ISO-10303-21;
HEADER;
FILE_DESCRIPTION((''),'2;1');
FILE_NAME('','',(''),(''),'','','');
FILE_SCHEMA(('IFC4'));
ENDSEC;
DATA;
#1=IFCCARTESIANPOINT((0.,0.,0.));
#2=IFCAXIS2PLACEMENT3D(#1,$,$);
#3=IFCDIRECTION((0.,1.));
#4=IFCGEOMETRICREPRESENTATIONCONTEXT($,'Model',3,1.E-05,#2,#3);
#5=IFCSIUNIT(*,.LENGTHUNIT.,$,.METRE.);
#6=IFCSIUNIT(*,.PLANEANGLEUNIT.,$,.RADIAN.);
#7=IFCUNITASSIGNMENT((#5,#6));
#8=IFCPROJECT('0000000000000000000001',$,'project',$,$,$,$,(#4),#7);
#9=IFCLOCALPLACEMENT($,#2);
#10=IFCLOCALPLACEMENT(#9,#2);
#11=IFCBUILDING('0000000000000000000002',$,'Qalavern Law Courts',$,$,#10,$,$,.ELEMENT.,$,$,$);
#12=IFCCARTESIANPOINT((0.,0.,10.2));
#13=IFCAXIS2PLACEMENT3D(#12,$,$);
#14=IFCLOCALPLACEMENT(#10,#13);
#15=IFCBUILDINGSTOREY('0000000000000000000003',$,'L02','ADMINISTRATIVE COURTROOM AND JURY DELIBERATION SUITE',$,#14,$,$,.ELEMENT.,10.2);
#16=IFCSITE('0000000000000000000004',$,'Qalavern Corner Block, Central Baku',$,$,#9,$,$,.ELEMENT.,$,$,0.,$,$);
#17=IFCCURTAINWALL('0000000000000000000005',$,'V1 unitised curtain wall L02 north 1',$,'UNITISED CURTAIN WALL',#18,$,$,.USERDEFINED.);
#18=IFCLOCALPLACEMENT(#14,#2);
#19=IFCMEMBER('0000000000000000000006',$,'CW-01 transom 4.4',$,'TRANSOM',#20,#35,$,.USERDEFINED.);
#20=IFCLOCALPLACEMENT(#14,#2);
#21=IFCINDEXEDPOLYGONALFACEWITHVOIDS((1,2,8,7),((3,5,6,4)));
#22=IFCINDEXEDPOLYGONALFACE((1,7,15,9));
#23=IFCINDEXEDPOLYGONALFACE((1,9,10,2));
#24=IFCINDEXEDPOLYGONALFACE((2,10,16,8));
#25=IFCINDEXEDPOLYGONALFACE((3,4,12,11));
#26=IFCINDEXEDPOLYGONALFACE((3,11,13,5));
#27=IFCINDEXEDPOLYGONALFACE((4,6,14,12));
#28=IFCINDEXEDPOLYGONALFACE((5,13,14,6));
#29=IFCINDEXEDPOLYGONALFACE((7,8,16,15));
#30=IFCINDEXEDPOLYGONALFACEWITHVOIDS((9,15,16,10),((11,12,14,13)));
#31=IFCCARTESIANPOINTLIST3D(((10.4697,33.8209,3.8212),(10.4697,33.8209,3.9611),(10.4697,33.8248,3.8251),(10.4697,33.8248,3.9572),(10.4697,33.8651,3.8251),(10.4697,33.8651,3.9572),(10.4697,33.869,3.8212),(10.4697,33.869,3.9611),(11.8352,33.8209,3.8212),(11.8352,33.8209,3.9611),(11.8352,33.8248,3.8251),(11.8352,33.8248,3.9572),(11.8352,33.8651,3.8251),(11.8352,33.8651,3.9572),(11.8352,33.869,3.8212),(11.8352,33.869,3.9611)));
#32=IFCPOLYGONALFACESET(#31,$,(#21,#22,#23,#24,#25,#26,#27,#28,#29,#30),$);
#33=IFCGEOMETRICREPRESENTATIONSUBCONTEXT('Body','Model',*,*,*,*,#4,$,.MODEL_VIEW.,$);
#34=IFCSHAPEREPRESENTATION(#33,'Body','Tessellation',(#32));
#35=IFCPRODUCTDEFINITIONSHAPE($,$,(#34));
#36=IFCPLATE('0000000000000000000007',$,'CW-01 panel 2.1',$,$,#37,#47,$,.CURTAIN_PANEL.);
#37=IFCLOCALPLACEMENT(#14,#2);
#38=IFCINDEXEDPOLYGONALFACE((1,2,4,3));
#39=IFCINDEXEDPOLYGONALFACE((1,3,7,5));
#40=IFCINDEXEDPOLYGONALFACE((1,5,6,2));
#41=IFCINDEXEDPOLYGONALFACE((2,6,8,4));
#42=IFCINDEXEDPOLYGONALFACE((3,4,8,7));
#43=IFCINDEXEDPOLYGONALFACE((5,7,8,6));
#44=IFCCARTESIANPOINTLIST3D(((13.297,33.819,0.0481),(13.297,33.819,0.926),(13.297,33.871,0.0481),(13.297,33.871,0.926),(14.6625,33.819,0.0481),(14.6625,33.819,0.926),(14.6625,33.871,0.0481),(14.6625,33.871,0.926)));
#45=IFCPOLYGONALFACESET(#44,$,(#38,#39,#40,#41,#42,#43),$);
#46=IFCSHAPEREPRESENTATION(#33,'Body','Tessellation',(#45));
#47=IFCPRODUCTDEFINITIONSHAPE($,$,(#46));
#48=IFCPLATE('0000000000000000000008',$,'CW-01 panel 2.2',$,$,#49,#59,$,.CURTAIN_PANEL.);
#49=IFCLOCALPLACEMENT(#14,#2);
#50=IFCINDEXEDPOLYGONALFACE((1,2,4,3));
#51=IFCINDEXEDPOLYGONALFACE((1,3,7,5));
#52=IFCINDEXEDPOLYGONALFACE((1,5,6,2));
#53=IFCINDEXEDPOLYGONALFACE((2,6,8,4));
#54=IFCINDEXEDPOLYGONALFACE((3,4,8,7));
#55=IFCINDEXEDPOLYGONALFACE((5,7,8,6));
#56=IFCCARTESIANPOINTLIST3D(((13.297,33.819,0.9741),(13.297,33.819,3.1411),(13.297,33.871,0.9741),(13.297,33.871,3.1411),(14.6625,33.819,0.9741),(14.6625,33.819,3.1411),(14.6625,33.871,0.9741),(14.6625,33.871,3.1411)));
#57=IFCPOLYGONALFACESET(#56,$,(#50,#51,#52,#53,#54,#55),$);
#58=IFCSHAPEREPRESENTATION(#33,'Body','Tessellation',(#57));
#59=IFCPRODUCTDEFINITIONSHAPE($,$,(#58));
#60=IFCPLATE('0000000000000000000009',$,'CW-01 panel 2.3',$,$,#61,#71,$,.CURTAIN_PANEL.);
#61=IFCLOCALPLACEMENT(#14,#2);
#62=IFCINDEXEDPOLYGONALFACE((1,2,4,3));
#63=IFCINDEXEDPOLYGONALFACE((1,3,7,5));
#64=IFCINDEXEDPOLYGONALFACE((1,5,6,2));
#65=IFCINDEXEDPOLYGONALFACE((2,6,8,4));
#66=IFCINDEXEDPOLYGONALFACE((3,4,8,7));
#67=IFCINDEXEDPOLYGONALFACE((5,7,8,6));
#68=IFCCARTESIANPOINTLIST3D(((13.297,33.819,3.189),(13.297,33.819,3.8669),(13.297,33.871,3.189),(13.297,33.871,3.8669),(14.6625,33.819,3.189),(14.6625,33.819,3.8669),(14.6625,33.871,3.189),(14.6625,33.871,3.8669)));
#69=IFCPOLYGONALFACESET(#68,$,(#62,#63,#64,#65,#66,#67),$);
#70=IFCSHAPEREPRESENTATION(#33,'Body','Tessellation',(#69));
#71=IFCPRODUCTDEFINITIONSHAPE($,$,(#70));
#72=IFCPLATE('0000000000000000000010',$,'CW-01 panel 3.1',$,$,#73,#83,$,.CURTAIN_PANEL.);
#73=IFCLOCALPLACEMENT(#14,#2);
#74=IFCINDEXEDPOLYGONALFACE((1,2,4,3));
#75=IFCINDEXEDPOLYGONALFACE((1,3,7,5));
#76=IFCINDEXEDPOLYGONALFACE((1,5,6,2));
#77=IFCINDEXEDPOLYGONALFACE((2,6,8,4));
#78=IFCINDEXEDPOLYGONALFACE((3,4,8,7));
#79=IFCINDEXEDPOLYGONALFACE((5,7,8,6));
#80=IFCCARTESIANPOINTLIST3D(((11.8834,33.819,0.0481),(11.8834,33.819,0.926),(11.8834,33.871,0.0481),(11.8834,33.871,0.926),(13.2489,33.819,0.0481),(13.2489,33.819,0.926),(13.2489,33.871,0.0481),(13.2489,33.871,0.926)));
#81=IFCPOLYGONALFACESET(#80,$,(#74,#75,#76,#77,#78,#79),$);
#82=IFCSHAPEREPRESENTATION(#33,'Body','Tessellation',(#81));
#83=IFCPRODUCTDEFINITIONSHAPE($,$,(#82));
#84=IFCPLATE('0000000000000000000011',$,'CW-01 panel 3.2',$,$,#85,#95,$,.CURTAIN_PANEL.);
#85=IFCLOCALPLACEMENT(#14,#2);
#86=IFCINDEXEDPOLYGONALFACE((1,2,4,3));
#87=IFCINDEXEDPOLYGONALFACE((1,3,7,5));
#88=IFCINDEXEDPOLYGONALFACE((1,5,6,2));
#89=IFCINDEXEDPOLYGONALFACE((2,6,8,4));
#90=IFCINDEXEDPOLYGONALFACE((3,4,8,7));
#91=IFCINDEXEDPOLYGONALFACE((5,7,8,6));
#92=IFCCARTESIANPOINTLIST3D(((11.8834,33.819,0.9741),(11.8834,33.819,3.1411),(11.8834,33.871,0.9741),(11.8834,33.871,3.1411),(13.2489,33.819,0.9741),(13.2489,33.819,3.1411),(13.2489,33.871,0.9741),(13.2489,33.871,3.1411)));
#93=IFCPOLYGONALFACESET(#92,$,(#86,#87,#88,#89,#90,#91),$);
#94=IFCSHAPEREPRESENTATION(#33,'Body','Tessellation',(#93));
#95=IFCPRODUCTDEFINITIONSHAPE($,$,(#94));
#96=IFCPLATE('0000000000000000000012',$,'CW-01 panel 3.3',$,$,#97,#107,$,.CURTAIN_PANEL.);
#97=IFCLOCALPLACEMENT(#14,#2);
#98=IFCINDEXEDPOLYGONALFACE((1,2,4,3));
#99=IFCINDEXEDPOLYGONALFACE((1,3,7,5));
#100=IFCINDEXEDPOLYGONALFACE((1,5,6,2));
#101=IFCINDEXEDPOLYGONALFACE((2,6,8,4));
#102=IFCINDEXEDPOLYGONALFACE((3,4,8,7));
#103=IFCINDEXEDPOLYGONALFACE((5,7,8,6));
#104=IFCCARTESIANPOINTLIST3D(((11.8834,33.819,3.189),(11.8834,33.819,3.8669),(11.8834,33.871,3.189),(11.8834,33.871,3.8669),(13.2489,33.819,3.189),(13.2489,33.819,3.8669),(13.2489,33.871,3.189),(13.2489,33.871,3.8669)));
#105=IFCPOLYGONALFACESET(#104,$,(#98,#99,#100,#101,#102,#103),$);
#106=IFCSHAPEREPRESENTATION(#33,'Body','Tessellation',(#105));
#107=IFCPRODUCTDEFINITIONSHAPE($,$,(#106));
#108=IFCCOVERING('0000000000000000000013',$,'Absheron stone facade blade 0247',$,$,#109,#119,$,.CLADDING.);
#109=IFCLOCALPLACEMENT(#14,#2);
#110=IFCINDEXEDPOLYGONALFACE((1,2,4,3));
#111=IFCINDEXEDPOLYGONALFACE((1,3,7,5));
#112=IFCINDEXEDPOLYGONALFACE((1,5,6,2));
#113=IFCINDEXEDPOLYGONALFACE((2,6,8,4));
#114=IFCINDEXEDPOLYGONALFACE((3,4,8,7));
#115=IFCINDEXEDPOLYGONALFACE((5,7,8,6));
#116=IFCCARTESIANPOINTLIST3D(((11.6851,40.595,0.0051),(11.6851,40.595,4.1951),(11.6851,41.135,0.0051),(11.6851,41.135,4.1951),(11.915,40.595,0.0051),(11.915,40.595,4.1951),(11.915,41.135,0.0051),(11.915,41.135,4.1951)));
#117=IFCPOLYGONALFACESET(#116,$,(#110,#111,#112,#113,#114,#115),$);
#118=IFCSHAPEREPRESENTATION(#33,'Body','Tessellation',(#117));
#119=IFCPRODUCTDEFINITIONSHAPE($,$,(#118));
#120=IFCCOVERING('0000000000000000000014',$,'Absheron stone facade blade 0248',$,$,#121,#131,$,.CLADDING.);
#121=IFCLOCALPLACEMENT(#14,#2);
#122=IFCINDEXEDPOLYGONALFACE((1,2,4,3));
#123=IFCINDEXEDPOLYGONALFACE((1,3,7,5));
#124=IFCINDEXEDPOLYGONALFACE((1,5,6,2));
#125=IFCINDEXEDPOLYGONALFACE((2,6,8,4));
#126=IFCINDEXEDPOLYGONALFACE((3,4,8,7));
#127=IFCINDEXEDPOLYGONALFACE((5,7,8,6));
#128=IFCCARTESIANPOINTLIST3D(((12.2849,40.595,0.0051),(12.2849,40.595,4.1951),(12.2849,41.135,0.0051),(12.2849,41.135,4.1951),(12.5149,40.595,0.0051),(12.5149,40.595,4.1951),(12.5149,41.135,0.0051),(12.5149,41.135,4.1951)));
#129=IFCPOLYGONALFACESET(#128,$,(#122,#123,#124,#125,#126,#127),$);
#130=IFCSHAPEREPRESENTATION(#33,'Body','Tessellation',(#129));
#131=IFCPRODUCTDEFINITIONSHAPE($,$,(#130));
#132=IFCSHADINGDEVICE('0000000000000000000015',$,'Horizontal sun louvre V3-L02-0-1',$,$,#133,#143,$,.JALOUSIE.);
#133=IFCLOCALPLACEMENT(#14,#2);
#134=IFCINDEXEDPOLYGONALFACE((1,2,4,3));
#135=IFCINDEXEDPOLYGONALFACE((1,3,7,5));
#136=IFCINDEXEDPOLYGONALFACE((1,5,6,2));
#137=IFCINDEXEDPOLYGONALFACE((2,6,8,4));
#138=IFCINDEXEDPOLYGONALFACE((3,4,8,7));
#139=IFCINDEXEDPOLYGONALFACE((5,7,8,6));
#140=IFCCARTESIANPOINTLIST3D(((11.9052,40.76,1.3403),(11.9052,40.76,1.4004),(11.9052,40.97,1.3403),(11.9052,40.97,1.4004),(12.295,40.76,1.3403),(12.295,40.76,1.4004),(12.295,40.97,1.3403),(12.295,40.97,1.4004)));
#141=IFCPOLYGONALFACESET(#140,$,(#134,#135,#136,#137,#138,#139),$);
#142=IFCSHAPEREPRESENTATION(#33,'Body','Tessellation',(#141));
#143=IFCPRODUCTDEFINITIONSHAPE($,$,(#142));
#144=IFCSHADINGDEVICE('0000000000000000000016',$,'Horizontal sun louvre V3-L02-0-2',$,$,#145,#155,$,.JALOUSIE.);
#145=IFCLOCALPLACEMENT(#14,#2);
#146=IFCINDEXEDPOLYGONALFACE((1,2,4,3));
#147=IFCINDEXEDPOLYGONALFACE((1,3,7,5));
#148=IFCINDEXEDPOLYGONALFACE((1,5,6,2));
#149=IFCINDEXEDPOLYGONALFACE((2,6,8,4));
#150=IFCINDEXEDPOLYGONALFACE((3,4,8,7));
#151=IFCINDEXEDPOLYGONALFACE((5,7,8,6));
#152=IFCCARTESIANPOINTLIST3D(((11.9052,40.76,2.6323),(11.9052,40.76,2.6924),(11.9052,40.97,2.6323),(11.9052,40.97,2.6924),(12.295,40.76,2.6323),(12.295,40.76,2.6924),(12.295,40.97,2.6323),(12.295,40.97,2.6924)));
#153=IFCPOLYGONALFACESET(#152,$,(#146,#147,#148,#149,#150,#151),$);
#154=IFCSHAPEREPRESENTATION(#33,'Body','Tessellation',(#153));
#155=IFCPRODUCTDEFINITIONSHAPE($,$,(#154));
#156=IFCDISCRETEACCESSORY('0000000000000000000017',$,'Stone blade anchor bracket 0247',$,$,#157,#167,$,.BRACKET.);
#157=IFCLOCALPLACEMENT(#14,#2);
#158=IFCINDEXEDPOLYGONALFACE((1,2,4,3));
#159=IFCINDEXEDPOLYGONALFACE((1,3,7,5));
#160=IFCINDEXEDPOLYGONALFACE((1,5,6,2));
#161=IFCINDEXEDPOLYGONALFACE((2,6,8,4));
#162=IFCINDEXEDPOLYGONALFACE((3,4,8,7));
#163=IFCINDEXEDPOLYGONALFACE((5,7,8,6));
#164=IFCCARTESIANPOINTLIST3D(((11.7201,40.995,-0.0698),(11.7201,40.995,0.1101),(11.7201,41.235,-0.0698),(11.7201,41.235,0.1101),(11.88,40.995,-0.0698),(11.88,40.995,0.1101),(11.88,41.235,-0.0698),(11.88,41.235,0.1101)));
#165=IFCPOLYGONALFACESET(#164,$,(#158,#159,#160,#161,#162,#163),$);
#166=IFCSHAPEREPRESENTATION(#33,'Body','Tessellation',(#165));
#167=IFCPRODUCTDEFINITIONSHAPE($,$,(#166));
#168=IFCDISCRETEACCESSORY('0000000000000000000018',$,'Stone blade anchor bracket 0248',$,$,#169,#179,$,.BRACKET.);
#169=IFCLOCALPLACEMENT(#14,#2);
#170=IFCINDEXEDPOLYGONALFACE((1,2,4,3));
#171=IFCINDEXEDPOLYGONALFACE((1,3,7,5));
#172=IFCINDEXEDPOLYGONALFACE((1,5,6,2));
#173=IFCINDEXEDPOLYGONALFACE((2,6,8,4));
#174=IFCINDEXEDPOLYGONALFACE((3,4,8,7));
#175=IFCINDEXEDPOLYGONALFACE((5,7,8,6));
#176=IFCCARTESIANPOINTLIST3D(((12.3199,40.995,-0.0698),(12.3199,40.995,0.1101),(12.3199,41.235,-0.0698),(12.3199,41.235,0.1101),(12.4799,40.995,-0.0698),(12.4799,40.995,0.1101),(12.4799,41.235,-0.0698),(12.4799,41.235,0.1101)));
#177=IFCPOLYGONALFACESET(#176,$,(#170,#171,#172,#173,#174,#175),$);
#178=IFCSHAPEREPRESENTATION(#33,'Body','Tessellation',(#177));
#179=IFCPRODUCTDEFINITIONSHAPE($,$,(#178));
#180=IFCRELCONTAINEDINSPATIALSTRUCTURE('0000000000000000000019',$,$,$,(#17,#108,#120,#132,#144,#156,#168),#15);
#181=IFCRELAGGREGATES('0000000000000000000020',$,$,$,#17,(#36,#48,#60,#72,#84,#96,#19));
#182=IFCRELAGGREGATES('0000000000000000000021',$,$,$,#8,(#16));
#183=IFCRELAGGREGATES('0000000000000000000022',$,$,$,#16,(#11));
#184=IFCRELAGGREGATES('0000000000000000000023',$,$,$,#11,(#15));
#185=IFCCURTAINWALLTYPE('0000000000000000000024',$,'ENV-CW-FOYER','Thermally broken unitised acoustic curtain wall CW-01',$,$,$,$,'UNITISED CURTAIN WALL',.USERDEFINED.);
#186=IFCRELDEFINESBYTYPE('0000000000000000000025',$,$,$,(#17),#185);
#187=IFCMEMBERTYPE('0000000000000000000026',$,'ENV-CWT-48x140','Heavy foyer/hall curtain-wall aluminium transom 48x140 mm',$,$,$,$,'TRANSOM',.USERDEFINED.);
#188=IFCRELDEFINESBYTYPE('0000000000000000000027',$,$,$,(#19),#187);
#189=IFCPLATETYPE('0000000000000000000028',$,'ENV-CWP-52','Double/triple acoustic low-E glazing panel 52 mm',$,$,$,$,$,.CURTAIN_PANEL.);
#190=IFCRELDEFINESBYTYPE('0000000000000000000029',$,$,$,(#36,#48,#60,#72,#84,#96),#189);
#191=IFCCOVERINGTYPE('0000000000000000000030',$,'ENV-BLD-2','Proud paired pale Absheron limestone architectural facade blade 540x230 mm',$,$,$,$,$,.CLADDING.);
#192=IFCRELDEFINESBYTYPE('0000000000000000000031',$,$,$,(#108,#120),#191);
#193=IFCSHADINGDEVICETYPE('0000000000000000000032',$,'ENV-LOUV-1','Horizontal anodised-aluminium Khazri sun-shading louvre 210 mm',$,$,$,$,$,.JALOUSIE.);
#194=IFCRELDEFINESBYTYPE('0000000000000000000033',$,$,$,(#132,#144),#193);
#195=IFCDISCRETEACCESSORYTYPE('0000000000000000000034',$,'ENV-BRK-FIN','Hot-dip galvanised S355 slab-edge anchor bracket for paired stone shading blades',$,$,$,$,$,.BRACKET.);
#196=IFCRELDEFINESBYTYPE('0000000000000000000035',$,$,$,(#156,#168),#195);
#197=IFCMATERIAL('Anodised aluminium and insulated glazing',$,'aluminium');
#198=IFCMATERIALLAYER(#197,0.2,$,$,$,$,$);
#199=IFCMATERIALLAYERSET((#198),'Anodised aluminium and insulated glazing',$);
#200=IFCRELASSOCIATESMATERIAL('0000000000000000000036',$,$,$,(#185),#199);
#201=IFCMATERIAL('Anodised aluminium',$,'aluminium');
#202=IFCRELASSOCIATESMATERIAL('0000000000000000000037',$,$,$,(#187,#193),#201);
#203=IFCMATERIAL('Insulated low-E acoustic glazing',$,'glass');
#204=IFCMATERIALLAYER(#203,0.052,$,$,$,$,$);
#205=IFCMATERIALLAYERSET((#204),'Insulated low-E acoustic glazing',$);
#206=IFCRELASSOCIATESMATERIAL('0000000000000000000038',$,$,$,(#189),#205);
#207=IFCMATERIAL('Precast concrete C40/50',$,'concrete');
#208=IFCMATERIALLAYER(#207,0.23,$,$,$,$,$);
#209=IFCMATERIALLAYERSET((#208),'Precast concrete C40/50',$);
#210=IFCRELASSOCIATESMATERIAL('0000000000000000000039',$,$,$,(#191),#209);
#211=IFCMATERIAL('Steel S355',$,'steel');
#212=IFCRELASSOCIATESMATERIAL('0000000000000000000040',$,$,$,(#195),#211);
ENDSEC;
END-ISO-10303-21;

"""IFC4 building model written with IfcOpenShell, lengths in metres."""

from ifc_helpers import new_model, si_unit, direction, frame, origin, origin_2d, place, context, subcontext, project, spatial, rectangle, hollow_rectangle, extrude, material, layer, layer_set, material_profile, profile_set, type_object, element, aggregate, save


model = new_model("IFC4")

# Units and contexts
model_context = context("Model", 3, precision=1e-05, world=origin(), true_north=direction((0.0, 1.0)))
body_context = subcontext(model_context, "Body", "Model", "MODEL_VIEW")
ifc_project = project(units=[si_unit("LENGTHUNIT", "METRE"), si_unit("PLANEANGLEUNIT", "RADIAN")], contexts=[model_context])

# Site, building, storey
site_placement = place(None, origin())
site = spatial("IfcSite", under=ifc_project, at=site_placement, Name="Qalavern Corner Block, Central Baku", CompositionType="ELEMENT", RefElevation=0.0)
building_placement = place(site_placement, origin())
building = spatial("IfcBuilding", under=site, at=building_placement, Name="Qalavern Law Courts", CompositionType="ELEMENT")
storey_placement = place(building_placement, frame((0.0, 0.0, 10.2)))
storey = spatial("IfcBuildingStorey", under=building, at=storey_placement, Name="L02", Description="ADMINISTRATIVE COURTROOM AND JURY DELIBERATION SUITE", CompositionType="ELEMENT", Elevation=10.2)

# Shared definitions
ifc_material_1 = material(Name="Anodised aluminium and insulated glazing", Category="aluminium")
ifc_material_2 = material(Name="Anodised aluminium", Category="aluminium")

# Curtain wall
ifc_layer_1 = layer(ifc_material_1, 0.2)
ifc_layer_set_1 = layer_set([ifc_layer_1], Name="Anodised aluminium and insulated glazing")
curtain_wall_type_1 = type_object("IfcCurtainWallType", Name="ENV-CW-FOYER", Description="Thermally broken unitised acoustic curtain wall CW-01", ElementType="UNITISED CURTAIN WALL", PredefinedType="USERDEFINED", material=ifc_layer_set_1)
curtain_wall_1_placement = place(storey_placement, origin())
curtain_wall_1 = element("IfcCurtainWall", 1, at=curtain_wall_1_placement, inside=storey, type_object=curtain_wall_type_1, Name="V1 unitised curtain wall L02 north 1", ObjectType="UNITISED CURTAIN WALL", PredefinedType="USERDEFINED")

# Member
ifc_material_profile_1 = material_profile(ifc_material_2, hollow_rectangle(XDim=0.0481, YDim=0.1399, WallThickness=0.0039, at=origin_2d()), Name="ALU TRANSOM 48x140")
ifc_profile_set_1 = profile_set([ifc_material_profile_1], Name="Anodised aluminium")
member_type_1 = type_object("IfcMemberType", Name="ENV-CWT-48x140", Description="Heavy foyer/hall curtain-wall aluminium transom 48x140 mm", ElementType="TRANSOM", PredefinedType="USERDEFINED", material=ifc_profile_set_1)
member_1_placement = place(storey_placement, frame((11.8352, 33.845, 3.8911), z_axis=(-1.0, 0.0, 0.0), x_axis=(0.0, -1.0, 0.0)))
member_1 = element("IfcMember", 2, at=member_1_placement, type_object=member_type_1, Name="CW-01 transom 4.4", ObjectType="TRANSOM", PredefinedType="USERDEFINED", context=body_context, shape_type="SweptSolid", body=[
    extrude(hollow_rectangle(XDim=0.0481, YDim=0.1399, WallThickness=0.0039, at=origin_2d()), origin(), (0.0, 0.0, 1.0), 1.3655),
])

# Plates
ifc_material_3 = material(Name="Insulated low-E acoustic glazing", Category="glass")
ifc_layer_2 = layer(ifc_material_3, 0.052)
ifc_layer_set_2 = layer_set([ifc_layer_2], Name="Insulated low-E acoustic glazing")
plate_type = type_object("IfcPlateType", Name="ENV-CWP-52", Description="Double/triple acoustic low-E glazing panel 52 mm", PredefinedType="CURTAIN_PANEL", material=ifc_layer_set_2)
plate_1_placement = place(storey_placement, frame((13.9797, 33.845, 0.0481), z_axis=(0.0, 0.0, 1.0), x_axis=(-1.0, 0.0, 0.0)))
plate_1 = element("IfcPlate", 3, at=plate_1_placement, type_object=plate_type, Name="CW-01 panel 2.1", PredefinedType="CURTAIN_PANEL", context=body_context, shape_type="SweptSolid", body=[
    extrude(rectangle(XDim=1.3655, YDim=0.052, at=origin_2d()), origin(), (0.0, 0.0, 1.0), 0.8779),
])
plate_2_placement = place(storey_placement, frame((13.9797, 33.845, 0.9741), z_axis=(0.0, 0.0, 1.0), x_axis=(-1.0, 0.0, 0.0)))
plate_2 = element("IfcPlate", 4, at=plate_2_placement, type_object=plate_type, Name="CW-01 panel 2.2", PredefinedType="CURTAIN_PANEL", context=body_context, shape_type="SweptSolid", body=[
    extrude(rectangle(XDim=1.3655, YDim=0.052, at=origin_2d()), origin(), (0.0, 0.0, 1.0), 2.167),
])
plate_3_placement = place(storey_placement, frame((13.9797, 33.845, 3.189), z_axis=(0.0, 0.0, 1.0), x_axis=(-1.0, 0.0, 0.0)))
plate_3 = element("IfcPlate", 5, at=plate_3_placement, type_object=plate_type, Name="CW-01 panel 2.3", PredefinedType="CURTAIN_PANEL", context=body_context, shape_type="SweptSolid", body=[
    extrude(rectangle(XDim=1.3655, YDim=0.052, at=origin_2d()), origin(), (0.0, 0.0, 1.0), 0.678),
])
plate_4_placement = place(storey_placement, frame((12.5662, 33.845, 0.0481), z_axis=(0.0, 0.0, 1.0), x_axis=(-1.0, 0.0, 0.0)))
plate_4 = element("IfcPlate", 6, at=plate_4_placement, type_object=plate_type, Name="CW-01 panel 3.1", PredefinedType="CURTAIN_PANEL", context=body_context, shape_type="SweptSolid", body=[
    extrude(rectangle(XDim=1.3655, YDim=0.052, at=origin_2d()), origin(), (0.0, 0.0, 1.0), 0.8779),
])
plate_5_placement = place(storey_placement, frame((12.5662, 33.845, 0.9741), z_axis=(0.0, 0.0, 1.0), x_axis=(-1.0, 0.0, 0.0)))
plate_5 = element("IfcPlate", 7, at=plate_5_placement, type_object=plate_type, Name="CW-01 panel 3.2", PredefinedType="CURTAIN_PANEL", context=body_context, shape_type="SweptSolid", body=[
    extrude(rectangle(XDim=1.3655, YDim=0.052, at=origin_2d()), origin(), (0.0, 0.0, 1.0), 2.167),
])
plate_6_placement = place(storey_placement, frame((12.5662, 33.845, 3.189), z_axis=(0.0, 0.0, 1.0), x_axis=(-1.0, 0.0, 0.0)))
plate_6 = element("IfcPlate", 8, at=plate_6_placement, type_object=plate_type, Name="CW-01 panel 3.3", PredefinedType="CURTAIN_PANEL", context=body_context, shape_type="SweptSolid", body=[
    extrude(rectangle(XDim=1.3655, YDim=0.052, at=origin_2d()), origin(), (0.0, 0.0, 1.0), 0.678),
])
aggregate(curtain_wall_1, [plate_1, plate_2, plate_3, plate_4, plate_5, plate_6, member_1])

# Coverings
ifc_material_4 = material(Name="Precast concrete C40/50", Category="concrete")
ifc_layer_3 = layer(ifc_material_4, 0.23)
ifc_layer_set_3 = layer_set([ifc_layer_3], Name="Precast concrete C40/50")
covering_type = type_object("IfcCoveringType", Name="ENV-BLD-2", Description="Proud paired pale Absheron limestone architectural facade blade 540x230 mm", PredefinedType="CLADDING", material=ifc_layer_set_3)
for number, where, z_axis, x_axis, name in (
    (9, (11.8, 40.865, 0.0051), (0.0, 0.0, 1.0), (0.0, -1.0, 0.0), "Absheron stone facade blade 0247"),
    (10, (12.3999, 40.865, 0.0051), (0.0, 0.0, 1.0), (0.0, -1.0, 0.0), "Absheron stone facade blade 0248"),
):
    element("IfcCovering", number, at=place(storey_placement, frame(where, z_axis=z_axis, x_axis=x_axis)), inside=storey, type_object=covering_type, Name=name, PredefinedType="CLADDING", context=body_context, shape_type="SweptSolid", body=[
        extrude(rectangle(XDim=0.54, YDim=0.23, at=origin_2d()), origin(), (0.0, 0.0, 1.0), 4.1899),
    ])

# Shading devices
shading_device_type = type_object("IfcShadingDeviceType", Name="ENV-LOUV-1", Description="Horizontal anodised-aluminium Khazri sun-shading louvre 210 mm", PredefinedType="JALOUSIE", material=ifc_material_2)
for number, where, z_axis, x_axis, name in (
    (11, (12.1001, 40.865, 1.3403), (0.0, 0.0, 1.0), (1.0, 0.0, 0.0), "Horizontal sun louvre V3-L02-0-1"),
    (12, (12.1001, 40.865, 2.6323), (0.0, 0.0, 1.0), (1.0, 0.0, 0.0), "Horizontal sun louvre V3-L02-0-2"),
):
    element("IfcShadingDevice", number, at=place(storey_placement, frame(where, z_axis=z_axis, x_axis=x_axis)), inside=storey, type_object=shading_device_type, Name=name, PredefinedType="JALOUSIE", context=body_context, shape_type="SweptSolid", body=[
        extrude(rectangle(XDim=0.3899, YDim=0.21, at=origin_2d()), origin(), (0.0, 0.0, 1.0), 0.0601),
    ])

# Discrete accessories
ifc_material_5 = material(Name="Steel S355", Category="steel")
discrete_accessory_type = type_object("IfcDiscreteAccessoryType", Name="ENV-BRK-FIN", Description="Hot-dip galvanised S355 slab-edge anchor bracket for paired stone shading blades", PredefinedType="BRACKET", material=ifc_material_5)
for number, where, z_axis, x_axis, name in (
    (13, (11.8, 41.115, -0.0698), (0.0, 0.0, 1.0), (0.0, -1.0, 0.0), "Stone blade anchor bracket 0247"),
    (14, (12.3999, 41.115, -0.0698), (0.0, 0.0, 1.0), (0.0, -1.0, 0.0), "Stone blade anchor bracket 0248"),
):
    element("IfcDiscreteAccessory", number, at=place(storey_placement, frame(where, z_axis=z_axis, x_axis=x_axis)), inside=storey, type_object=discrete_accessory_type, Name=name, PredefinedType="BRACKET", context=body_context, shape_type="SweptSolid", body=[
        extrude(rectangle(XDim=0.24, YDim=0.1599, at=origin_2d()), origin(), (0.0, 0.0, 1.0), 0.1799),
    ])

save(model, "model.ifc")
